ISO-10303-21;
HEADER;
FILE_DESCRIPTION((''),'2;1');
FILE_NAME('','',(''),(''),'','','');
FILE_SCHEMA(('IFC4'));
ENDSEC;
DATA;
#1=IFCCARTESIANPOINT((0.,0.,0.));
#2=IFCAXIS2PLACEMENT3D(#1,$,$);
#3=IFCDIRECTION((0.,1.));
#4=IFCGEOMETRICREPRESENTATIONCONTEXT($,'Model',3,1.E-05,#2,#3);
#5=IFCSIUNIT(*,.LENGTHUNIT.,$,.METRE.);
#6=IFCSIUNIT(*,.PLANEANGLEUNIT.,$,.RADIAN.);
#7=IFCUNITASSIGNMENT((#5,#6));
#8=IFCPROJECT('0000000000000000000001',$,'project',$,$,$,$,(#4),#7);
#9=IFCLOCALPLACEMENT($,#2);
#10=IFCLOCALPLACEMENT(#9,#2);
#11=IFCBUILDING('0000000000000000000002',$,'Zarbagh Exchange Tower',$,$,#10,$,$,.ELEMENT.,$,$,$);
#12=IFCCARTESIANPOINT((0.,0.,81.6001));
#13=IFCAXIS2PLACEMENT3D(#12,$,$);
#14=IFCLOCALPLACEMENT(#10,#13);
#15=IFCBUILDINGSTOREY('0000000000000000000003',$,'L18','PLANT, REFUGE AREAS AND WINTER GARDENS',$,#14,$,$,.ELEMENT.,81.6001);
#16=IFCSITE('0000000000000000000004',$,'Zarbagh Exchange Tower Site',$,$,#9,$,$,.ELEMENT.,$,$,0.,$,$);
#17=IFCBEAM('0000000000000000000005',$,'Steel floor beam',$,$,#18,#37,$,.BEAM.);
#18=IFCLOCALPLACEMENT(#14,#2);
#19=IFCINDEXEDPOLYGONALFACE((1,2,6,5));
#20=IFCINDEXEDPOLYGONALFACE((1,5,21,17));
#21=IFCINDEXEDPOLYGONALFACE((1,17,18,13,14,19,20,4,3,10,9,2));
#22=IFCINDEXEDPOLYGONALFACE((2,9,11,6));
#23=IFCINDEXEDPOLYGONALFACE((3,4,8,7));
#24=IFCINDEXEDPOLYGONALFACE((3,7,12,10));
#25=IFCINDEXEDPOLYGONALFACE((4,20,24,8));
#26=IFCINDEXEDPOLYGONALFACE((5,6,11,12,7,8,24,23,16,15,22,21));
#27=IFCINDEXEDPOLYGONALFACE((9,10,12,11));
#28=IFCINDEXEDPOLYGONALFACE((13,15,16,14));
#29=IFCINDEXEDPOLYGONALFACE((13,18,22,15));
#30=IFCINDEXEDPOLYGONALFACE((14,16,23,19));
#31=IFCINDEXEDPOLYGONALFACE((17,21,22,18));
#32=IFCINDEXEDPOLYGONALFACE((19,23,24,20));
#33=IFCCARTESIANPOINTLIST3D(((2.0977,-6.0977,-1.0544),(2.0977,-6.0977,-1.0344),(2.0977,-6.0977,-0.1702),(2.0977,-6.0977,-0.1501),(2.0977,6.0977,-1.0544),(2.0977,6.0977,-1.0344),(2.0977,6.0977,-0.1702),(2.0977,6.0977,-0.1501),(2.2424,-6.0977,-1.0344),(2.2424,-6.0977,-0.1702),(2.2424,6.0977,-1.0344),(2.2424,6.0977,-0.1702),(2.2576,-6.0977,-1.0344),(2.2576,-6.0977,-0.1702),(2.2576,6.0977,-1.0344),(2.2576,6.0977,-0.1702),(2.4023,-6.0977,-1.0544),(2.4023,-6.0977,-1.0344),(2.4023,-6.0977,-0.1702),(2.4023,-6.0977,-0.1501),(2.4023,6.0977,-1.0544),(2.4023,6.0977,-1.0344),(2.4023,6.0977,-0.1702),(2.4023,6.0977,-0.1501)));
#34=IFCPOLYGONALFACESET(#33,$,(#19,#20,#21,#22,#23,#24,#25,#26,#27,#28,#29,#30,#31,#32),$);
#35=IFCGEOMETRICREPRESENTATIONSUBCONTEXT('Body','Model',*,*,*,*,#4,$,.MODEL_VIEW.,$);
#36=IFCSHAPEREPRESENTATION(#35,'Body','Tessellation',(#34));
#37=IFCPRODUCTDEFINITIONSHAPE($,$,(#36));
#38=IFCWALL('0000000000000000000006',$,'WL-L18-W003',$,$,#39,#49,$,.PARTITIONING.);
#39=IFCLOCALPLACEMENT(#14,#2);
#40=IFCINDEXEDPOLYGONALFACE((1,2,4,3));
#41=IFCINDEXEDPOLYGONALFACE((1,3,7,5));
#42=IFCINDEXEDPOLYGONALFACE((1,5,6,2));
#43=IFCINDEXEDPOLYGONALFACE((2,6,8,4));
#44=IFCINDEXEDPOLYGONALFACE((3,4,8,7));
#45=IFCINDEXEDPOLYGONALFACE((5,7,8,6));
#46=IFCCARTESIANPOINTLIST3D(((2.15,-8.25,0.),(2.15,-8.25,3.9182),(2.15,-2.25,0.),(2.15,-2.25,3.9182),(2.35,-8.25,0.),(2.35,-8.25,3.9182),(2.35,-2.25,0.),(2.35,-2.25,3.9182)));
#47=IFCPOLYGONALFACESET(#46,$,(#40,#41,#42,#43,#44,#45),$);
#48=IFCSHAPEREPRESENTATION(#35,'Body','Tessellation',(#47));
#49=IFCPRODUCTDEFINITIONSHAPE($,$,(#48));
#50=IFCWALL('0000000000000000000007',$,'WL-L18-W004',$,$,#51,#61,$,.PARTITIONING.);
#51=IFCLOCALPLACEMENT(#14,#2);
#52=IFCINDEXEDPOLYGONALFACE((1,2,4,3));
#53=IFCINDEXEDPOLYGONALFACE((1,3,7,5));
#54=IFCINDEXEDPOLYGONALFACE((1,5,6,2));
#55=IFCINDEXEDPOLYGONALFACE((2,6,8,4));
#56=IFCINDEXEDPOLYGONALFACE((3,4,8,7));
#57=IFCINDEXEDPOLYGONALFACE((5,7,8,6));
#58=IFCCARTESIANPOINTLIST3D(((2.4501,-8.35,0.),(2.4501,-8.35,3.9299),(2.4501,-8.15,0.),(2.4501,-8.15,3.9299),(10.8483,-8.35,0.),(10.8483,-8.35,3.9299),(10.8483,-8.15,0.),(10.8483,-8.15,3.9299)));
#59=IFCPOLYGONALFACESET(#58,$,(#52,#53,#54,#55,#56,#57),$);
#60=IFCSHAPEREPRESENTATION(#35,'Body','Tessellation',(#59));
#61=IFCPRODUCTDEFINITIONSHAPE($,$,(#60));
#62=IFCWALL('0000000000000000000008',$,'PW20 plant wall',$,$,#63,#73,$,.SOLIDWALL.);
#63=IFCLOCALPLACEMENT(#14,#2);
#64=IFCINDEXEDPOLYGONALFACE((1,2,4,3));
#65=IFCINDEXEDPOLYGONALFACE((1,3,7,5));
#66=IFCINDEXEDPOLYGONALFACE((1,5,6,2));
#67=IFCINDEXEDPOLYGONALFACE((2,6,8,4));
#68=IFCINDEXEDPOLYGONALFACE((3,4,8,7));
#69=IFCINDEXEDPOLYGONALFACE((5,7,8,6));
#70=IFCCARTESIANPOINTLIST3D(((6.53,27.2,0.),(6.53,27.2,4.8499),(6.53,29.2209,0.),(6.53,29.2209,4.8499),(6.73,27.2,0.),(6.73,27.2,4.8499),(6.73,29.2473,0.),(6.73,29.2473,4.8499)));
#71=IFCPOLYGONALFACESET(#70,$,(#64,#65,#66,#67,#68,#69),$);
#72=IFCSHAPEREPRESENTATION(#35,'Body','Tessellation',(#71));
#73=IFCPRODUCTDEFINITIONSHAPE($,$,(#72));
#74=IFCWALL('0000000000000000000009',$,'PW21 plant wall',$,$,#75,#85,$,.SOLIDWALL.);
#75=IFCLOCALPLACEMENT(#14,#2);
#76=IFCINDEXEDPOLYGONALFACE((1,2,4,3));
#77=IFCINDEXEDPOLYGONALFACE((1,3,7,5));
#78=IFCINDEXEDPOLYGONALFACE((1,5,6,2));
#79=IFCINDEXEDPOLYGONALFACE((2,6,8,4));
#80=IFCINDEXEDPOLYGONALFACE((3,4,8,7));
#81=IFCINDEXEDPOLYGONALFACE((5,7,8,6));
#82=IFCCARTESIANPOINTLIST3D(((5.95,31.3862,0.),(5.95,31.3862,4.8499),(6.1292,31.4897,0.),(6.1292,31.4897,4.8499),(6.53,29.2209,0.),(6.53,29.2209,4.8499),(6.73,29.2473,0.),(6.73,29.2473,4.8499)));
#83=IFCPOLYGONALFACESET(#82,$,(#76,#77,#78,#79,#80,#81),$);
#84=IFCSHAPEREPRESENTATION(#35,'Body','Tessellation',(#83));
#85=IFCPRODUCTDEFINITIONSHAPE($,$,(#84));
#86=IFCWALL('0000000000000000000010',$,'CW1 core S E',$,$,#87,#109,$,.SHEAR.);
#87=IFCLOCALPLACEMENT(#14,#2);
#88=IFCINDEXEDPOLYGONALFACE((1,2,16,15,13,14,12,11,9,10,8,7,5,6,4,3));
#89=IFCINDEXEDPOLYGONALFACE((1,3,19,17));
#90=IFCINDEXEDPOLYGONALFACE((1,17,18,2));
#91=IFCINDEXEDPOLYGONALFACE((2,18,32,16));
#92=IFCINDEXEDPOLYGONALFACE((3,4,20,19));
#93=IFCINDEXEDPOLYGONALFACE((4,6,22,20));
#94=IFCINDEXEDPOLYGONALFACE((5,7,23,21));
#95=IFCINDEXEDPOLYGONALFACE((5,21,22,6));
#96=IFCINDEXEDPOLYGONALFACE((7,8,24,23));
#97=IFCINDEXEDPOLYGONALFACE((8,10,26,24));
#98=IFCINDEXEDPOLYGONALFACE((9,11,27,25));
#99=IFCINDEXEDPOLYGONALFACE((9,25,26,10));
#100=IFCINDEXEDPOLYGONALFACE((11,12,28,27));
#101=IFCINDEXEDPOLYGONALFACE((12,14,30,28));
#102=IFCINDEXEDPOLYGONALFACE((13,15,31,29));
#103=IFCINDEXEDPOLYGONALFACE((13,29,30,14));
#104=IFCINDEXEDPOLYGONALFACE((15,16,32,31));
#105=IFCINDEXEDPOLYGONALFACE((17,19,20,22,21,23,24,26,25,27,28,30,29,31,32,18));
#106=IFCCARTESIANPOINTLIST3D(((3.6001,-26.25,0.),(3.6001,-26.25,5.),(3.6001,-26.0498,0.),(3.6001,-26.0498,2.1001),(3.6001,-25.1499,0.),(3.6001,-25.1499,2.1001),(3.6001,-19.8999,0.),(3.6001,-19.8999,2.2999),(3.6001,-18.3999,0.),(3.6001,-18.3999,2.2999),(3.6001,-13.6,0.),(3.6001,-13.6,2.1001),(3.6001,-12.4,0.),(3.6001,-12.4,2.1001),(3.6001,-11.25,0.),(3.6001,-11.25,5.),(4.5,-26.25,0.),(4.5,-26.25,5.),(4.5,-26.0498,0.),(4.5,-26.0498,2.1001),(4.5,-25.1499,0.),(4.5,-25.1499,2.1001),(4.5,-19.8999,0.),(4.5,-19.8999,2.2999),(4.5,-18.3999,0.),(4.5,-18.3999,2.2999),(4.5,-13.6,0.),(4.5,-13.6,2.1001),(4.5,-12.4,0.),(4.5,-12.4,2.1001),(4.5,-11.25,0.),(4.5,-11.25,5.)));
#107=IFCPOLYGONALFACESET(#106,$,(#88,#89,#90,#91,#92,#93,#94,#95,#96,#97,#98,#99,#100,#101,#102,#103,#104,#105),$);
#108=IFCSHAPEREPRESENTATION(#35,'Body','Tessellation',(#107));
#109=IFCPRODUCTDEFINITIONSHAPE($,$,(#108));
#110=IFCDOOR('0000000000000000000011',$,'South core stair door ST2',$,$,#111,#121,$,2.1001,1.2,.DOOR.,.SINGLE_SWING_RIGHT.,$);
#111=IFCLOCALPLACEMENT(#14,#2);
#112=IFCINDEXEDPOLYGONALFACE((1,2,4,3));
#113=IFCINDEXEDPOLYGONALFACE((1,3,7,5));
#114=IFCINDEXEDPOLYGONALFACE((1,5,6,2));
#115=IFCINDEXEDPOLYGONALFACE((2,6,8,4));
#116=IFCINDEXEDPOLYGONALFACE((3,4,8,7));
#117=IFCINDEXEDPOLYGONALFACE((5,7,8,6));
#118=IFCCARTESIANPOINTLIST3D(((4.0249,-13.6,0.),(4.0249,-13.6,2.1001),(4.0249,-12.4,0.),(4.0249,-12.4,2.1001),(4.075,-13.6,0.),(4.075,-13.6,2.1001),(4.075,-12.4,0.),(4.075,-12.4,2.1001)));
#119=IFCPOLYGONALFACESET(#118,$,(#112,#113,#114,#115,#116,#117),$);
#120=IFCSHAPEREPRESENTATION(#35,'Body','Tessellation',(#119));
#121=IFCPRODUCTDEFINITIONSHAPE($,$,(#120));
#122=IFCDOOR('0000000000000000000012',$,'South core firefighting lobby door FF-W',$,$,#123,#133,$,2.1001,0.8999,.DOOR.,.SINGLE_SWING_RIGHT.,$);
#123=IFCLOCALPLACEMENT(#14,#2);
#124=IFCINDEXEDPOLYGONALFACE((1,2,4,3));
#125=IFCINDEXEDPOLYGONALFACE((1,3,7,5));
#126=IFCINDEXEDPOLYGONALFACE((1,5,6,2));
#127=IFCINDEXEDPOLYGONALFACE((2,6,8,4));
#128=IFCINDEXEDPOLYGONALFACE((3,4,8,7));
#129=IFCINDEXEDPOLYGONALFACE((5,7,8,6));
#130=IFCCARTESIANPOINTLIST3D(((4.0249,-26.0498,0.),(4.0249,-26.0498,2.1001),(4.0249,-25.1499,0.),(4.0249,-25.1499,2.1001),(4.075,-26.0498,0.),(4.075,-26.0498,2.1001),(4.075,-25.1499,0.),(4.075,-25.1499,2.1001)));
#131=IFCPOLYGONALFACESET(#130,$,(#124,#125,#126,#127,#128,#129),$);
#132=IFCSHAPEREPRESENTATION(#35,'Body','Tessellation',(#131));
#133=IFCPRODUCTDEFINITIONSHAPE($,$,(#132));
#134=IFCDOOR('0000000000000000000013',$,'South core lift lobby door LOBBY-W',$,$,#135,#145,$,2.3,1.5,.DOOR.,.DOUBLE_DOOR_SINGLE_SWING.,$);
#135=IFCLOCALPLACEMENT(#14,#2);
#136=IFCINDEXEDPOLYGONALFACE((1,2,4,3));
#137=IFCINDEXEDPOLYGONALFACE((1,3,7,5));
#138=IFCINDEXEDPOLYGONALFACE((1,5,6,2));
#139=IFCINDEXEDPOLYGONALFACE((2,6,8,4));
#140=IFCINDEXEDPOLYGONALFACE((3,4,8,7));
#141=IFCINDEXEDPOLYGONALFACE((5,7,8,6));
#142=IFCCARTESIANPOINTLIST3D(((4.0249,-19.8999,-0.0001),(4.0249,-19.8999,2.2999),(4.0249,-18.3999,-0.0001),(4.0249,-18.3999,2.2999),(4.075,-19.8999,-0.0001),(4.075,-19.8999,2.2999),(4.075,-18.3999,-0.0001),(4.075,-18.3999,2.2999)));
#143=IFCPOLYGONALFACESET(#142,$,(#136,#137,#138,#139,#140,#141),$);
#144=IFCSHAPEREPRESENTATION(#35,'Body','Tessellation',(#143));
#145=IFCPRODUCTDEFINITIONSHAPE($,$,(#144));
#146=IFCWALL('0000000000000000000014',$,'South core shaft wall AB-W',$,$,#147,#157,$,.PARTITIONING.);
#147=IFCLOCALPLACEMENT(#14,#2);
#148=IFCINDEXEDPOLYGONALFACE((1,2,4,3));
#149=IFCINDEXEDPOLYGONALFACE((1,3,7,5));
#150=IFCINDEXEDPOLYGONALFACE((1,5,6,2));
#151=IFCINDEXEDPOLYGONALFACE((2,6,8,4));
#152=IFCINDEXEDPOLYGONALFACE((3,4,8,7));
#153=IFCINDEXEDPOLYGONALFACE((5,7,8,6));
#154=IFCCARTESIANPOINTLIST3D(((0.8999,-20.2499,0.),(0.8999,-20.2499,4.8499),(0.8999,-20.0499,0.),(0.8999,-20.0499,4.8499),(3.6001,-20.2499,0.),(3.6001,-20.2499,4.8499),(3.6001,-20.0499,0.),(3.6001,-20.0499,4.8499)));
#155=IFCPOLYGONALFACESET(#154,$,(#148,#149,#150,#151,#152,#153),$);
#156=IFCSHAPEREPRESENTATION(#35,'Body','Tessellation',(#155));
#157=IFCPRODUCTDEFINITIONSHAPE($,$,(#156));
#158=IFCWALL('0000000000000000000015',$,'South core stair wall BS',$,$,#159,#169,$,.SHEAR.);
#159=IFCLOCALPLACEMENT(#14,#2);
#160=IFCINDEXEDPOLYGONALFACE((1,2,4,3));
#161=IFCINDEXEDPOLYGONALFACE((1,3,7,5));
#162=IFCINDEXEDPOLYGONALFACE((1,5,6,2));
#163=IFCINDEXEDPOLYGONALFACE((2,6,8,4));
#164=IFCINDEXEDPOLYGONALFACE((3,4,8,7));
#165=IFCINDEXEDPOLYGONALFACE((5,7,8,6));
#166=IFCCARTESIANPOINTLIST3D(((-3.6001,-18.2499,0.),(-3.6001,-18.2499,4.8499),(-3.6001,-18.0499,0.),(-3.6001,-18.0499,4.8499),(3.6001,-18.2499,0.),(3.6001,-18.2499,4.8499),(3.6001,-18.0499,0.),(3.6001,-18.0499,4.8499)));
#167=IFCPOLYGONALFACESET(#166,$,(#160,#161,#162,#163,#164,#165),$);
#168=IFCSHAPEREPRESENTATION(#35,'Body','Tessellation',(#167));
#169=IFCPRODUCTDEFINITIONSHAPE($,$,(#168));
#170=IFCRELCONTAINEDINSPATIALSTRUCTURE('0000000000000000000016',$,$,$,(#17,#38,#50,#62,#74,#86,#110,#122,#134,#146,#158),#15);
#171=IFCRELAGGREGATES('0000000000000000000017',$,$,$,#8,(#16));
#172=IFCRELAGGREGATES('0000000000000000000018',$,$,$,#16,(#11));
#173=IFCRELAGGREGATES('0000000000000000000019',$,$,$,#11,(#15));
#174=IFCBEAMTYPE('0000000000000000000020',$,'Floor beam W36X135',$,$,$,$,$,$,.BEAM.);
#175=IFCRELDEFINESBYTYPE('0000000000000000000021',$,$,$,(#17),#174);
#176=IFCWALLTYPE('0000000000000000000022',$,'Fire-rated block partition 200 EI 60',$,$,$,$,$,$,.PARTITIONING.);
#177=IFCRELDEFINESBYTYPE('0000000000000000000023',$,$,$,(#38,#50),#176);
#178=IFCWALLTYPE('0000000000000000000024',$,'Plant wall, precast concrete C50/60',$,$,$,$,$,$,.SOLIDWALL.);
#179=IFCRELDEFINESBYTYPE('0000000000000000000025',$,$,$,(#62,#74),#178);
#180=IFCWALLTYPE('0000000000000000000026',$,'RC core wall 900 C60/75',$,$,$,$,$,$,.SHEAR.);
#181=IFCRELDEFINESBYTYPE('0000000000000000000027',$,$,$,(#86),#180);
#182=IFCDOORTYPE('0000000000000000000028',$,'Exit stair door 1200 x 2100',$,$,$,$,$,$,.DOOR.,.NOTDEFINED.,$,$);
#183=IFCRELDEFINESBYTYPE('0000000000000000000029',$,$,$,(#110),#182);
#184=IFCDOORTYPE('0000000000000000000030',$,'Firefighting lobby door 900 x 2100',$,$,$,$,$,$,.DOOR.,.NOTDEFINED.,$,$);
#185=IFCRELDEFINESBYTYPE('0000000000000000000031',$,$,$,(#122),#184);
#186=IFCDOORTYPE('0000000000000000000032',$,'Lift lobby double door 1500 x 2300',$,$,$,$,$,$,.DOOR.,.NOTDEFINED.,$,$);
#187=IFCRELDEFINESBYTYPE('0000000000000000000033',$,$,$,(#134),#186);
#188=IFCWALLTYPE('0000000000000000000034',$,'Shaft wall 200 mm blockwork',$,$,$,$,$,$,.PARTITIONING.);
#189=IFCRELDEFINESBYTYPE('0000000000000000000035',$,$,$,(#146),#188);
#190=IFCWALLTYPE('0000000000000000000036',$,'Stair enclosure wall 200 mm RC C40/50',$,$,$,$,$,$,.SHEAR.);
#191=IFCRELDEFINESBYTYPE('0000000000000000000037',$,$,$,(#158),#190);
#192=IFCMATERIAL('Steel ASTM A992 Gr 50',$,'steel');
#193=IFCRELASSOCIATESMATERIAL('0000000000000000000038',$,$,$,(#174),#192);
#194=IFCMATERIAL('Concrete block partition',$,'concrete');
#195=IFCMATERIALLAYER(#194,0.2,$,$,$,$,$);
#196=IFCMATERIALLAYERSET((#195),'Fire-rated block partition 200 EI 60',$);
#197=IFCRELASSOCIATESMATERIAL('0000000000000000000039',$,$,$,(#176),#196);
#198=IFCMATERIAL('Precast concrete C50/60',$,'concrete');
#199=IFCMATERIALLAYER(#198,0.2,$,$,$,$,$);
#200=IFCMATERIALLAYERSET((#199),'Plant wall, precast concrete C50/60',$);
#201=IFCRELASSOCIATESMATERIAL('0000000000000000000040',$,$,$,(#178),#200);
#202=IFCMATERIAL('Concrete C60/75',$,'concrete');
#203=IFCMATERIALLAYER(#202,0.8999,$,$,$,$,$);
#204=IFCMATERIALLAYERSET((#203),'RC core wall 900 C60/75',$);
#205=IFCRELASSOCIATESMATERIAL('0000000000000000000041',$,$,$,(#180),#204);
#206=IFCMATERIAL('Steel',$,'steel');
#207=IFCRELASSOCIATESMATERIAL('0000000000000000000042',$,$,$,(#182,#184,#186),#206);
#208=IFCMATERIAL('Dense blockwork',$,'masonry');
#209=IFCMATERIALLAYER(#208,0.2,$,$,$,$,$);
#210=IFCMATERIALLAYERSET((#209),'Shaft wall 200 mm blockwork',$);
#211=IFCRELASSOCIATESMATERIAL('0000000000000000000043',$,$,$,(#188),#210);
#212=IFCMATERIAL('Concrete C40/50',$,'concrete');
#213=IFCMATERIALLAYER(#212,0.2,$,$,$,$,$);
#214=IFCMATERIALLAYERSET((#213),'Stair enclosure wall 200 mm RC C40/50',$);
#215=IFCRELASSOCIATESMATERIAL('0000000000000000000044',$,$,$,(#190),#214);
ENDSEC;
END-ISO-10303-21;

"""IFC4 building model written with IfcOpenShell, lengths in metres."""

from ifc_helpers import new_model, si_unit, direction, frame, frame_2d, origin, origin_2d, place, context, subcontext, project, spatial, polyline, rectangle, i_section, outline, extrude, material, layer, layer_set, material_profile, profile_set, type_object, element, fill, save


model = new_model("IFC4")

# Units and contexts
model_context = context("Model", 3, precision=1e-05, world=origin(), true_north=direction((0.0, 1.0)))
body_context = subcontext(model_context, "Body", "Model", "MODEL_VIEW")
ifc_project = project(units=[si_unit("LENGTHUNIT", "METRE"), si_unit("PLANEANGLEUNIT", "RADIAN")], contexts=[model_context])

# Site, building, storey
site_placement = place(None, origin())
site = spatial("IfcSite", under=ifc_project, at=site_placement, Name="Zarbagh Exchange Tower Site", CompositionType="ELEMENT", RefElevation=0.0)
building_placement = place(site_placement, origin())
building = spatial("IfcBuilding", under=site, at=building_placement, Name="Zarbagh Exchange Tower", CompositionType="ELEMENT")
storey_placement = place(building_placement, frame((0.0, 0.0, 81.6001)))
storey = spatial("IfcBuildingStorey", under=building, at=storey_placement, Name="L18", Description="PLANT, REFUGE AREAS AND WINTER GARDENS", CompositionType="ELEMENT", Elevation=81.6001)

# Beam
ifc_material_1 = material(Name="Steel ASTM A992 Gr 50", Category="steel")
ifc_material_profile = material_profile(ifc_material_1, i_section(OverallWidth=0.3047, OverallDepth=0.9043, WebThickness=0.0151, FlangeThickness=0.02, at=origin_2d()), Name="W36X135")
ifc_profile_set = profile_set([ifc_material_profile], Name="Steel ASTM A992 Gr 50")
beam_type = type_object("IfcBeamType", Name="Floor beam W36X135", PredefinedType="BEAM", material=ifc_profile_set)
beam_placement = place(storey_placement, frame((2.25, -6.0977, -0.6023), z_axis=(0.0, 1.0, 0.0), x_axis=(-1.0, 0.0, 0.0)))
element("IfcBeam", 1, at=beam_placement, inside=storey, type_object=beam_type, Name="Steel floor beam", PredefinedType="BEAM", context=body_context, shape_type="SweptSolid", body=[
    extrude(i_section(OverallWidth=0.3047, OverallDepth=0.9043, WebThickness=0.0151, FlangeThickness=0.02, at=origin_2d()), origin(), (0.0, 0.0, 1.0), 12.1953),
])

# Walls
ifc_material_2 = material(Name="Concrete block partition", Category="concrete")
ifc_layer_1 = layer(ifc_material_2, 0.2)
ifc_layer_set_1 = layer_set([ifc_layer_1], Name="Fire-rated block partition 200 EI 60")
wall_type_1 = type_object("IfcWallType", Name="Fire-rated block partition 200 EI 60", PredefinedType="PARTITIONING", material=ifc_layer_set_1)
wall_1_placement = place(storey_placement, frame((2.25, -2.25, 0.0), z_axis=(0.0, 0.0, 1.0), x_axis=(0.0, -1.0, 0.0)))
element("IfcWall", 2, at=wall_1_placement, inside=storey, type_object=wall_type_1, Name="WL-L18-W003", PredefinedType="PARTITIONING", context=body_context, shape_type="SweptSolid", body=[
    extrude(rectangle(XDim=6.0, YDim=0.2, at=frame_2d((3.0, 0.0))), origin(), (0.0, 0.0, 1.0), 3.9182),
])
wall_2_placement = place(storey_placement, frame((2.45, -8.25, 0.0), z_axis=(0.0, 0.0, 1.0), x_axis=(1.0, 0.0, 0.0)))
element("IfcWall", 3, at=wall_2_placement, inside=storey, type_object=wall_type_1, Name="WL-L18-W004", PredefinedType="PARTITIONING", context=body_context, shape_type="SweptSolid", body=[
    extrude(rectangle(XDim=8.3982, YDim=0.2, at=frame_2d((4.1992, 0.0))), origin(), (0.0, 0.0, 1.0), 3.9299),
])
ifc_material_3 = material(Name="Precast concrete C50/60", Category="concrete")
ifc_layer_2 = layer(ifc_material_3, 0.2)
ifc_layer_set_2 = layer_set([ifc_layer_2], Name="Plant wall, precast concrete C50/60")
wall_type_2 = type_object("IfcWallType", Name="Plant wall, precast concrete C50/60", PredefinedType="SOLIDWALL", material=ifc_layer_set_2)
wall_3_placement = place(storey_placement, origin())
element("IfcWall", 4, at=wall_3_placement, inside=storey, type_object=wall_type_2, Name="PW20 plant wall", PredefinedType="SOLIDWALL", context=body_context, shape_type="SweptSolid", body=[
    extrude(outline(polyline([(6.73, 27.2), (6.73, 29.2473), (6.53, 29.2209), (6.53, 27.2), (6.73, 27.2)])), origin(), (0.0, 0.0, 1.0), 4.8499),
])
wall_4_placement = place(storey_placement, origin())
element("IfcWall", 5, at=wall_4_placement, inside=storey, type_object=wall_type_2, Name="PW21 plant wall", PredefinedType="SOLIDWALL", context=body_context, shape_type="SweptSolid", body=[
    extrude(outline(polyline([(6.73, 29.2473), (6.1292, 31.4897), (5.95, 31.3862), (6.53, 29.2209), (6.73, 29.2473)])), origin(), (0.0, 0.0, 1.0), 4.8499),
])

# Wall, openings, doors
ifc_material_4 = material(Name="Concrete C60/75", Category="concrete")
ifc_layer_3 = layer(ifc_material_4, 0.8999)
ifc_layer_set_3 = layer_set([ifc_layer_3], Name="RC core wall 900 C60/75")
wall_type_3 = type_object("IfcWallType", Name="RC core wall 900 C60/75", PredefinedType="SHEAR", material=ifc_layer_set_3)
wall_5_placement = place(storey_placement, frame((4.05, -11.25, 0.0), z_axis=(0.0, 0.0, 1.0), x_axis=(0.0, -1.0, 0.0)))
wall_5 = element("IfcWall", 6, at=wall_5_placement, inside=storey, type_object=wall_type_3, Name="CW1 core S E", PredefinedType="SHEAR", context=body_context, shape_type="SweptSolid", body=[
    extrude(rectangle(XDim=15.0, YDim=0.8999, at=frame_2d((7.5, 0.0))), origin(), (0.0, 0.0, 1.0), 5.0),
])
opening_1_placement = place(wall_5_placement, frame((7.1499, 0.0, 0.0)))
opening_1 = element("IfcOpeningElement", 7, at=opening_1_placement, cuts=wall_5, PredefinedType="OPENING", context=body_context, shape_type="SweptSolid", body=[
    extrude(rectangle(XDim=1.5, YDim=2.3, at=frame_2d((0.75, 1.1499))), frame((0.0, 0.46, 0.0), z_axis=(0.0, -1.0, 0.0), x_axis=(1.0, 0.0, 0.0)), (0.0, 0.0, 1.0), 0.9199),
])
opening_2_placement = place(wall_5_placement, frame((13.8999, 0.0, 0.0)))
opening_2 = element("IfcOpeningElement", 8, at=opening_2_placement, cuts=wall_5, PredefinedType="OPENING", context=body_context, shape_type="SweptSolid", body=[
    extrude(rectangle(XDim=0.8999, YDim=2.1001, at=frame_2d((0.45, 1.05))), frame((0.0, 0.46, 0.0), z_axis=(0.0, -1.0, 0.0), x_axis=(1.0, 0.0, 0.0)), (0.0, 0.0, 1.0), 0.9199),
])
opening_3_placement = place(wall_5_placement, frame((1.1499, 0.0, 0.0)))
opening_3 = element("IfcOpeningElement", 9, at=opening_3_placement, cuts=wall_5, PredefinedType="OPENING", context=body_context, shape_type="SweptSolid", body=[
    extrude(rectangle(XDim=1.2, YDim=2.1001, at=frame_2d((0.6001, 1.05))), frame((0.0, 0.46, 0.0), z_axis=(0.0, -1.0, 0.0), x_axis=(1.0, 0.0, 0.0)), (0.0, 0.0, 1.0), 0.9199),
])
ifc_material_5 = material(Name="Steel", Category="steel")
door_type_1 = type_object("IfcDoorType", Name="Exit stair door 1200 x 2100", OperationType="NOTDEFINED", PredefinedType="DOOR", material=ifc_material_5)
door_1_placement = place(opening_3_placement, origin())
door_1 = element("IfcDoor", 10, at=door_1_placement, inside=storey, type_object=door_type_1, Name="South core stair door ST2", OperationType="SINGLE_SWING_RIGHT", OverallHeight=2.1001, OverallWidth=1.2, PredefinedType="DOOR", context=body_context, shape_type="SweptSolid", body=[
    extrude(rectangle(XDim=1.2, YDim=2.1001, at=frame_2d((0.6001, 1.05))), frame((0.0, 0.0249, 0.0), z_axis=(0.0, -1.0, 0.0), x_axis=(1.0, 0.0, 0.0)), (0.0, 0.0, 1.0), 0.05),
])
fill(opening_3, door_1)
door_type_2 = type_object("IfcDoorType", Name="Firefighting lobby door 900 x 2100", OperationType="NOTDEFINED", PredefinedType="DOOR", material=ifc_material_5)
door_2_placement = place(opening_2_placement, origin())
door_2 = element("IfcDoor", 11, at=door_2_placement, inside=storey, type_object=door_type_2, Name="South core firefighting lobby door FF-W", OperationType="SINGLE_SWING_RIGHT", OverallHeight=2.1001, OverallWidth=0.8999, PredefinedType="DOOR", context=body_context, shape_type="SweptSolid", body=[
    extrude(rectangle(XDim=0.8999, YDim=2.1001, at=frame_2d((0.45, 1.05))), frame((0.0, 0.0249, 0.0), z_axis=(0.0, -1.0, 0.0), x_axis=(1.0, 0.0, 0.0)), (0.0, 0.0, 1.0), 0.05),
])
fill(opening_2, door_2)
door_type_3 = type_object("IfcDoorType", Name="Lift lobby double door 1500 x 2300", OperationType="NOTDEFINED", PredefinedType="DOOR", material=ifc_material_5)
door_3_placement = place(opening_1_placement, origin())
door_3 = element("IfcDoor", 12, at=door_3_placement, inside=storey, type_object=door_type_3, Name="South core lift lobby door LOBBY-W", OperationType="DOUBLE_DOOR_SINGLE_SWING", OverallHeight=2.3, OverallWidth=1.5, PredefinedType="DOOR", context=body_context, shape_type="SweptSolid", body=[
    extrude(rectangle(XDim=1.5, YDim=2.3, at=frame_2d((0.75, 1.1499))), frame((0.0, 0.0249, 0.0), z_axis=(0.0, -1.0, 0.0), x_axis=(1.0, 0.0, 0.0)), (0.0, 0.0, 1.0), 0.05),
])
fill(opening_1, door_3)

# Walls
ifc_material_6 = material(Name="Dense blockwork", Category="masonry")
ifc_layer_4 = layer(ifc_material_6, 0.2)
ifc_layer_set_4 = layer_set([ifc_layer_4], Name="Shaft wall 200 mm blockwork")
wall_type_4 = type_object("IfcWallType", Name="Shaft wall 200 mm blockwork", PredefinedType="PARTITIONING", material=ifc_layer_set_4)
wall_6_placement = place(storey_placement, frame((3.6001, -20.1499, 0.0), z_axis=(0.0, 0.0, 1.0), x_axis=(-1.0, 0.0, 0.0)))
element("IfcWall", 13, at=wall_6_placement, inside=storey, type_object=wall_type_4, Name="South core shaft wall AB-W", PredefinedType="PARTITIONING", context=body_context, shape_type="SweptSolid", body=[
    extrude(rectangle(XDim=2.7002, YDim=0.2, at=frame_2d((1.3501, 0.0))), origin(), (0.0, 0.0, 1.0), 4.8499),
])
ifc_material_7 = material(Name="Concrete C40/50", Category="concrete")
ifc_layer_5 = layer(ifc_material_7, 0.2)
ifc_layer_set_5 = layer_set([ifc_layer_5], Name="Stair enclosure wall 200 mm RC C40/50")
wall_type_5 = type_object("IfcWallType", Name="Stair enclosure wall 200 mm RC C40/50", PredefinedType="SHEAR", material=ifc_layer_set_5)
for number, where, z_axis, x_axis, name in (
    (14, (3.6001, -18.1499, 0.0), (0.0, 0.0, 1.0), (-1.0, 0.0, 0.0), "South core stair wall BS"),
):
    element("IfcWall", number, at=place(storey_placement, frame(where, z_axis=z_axis, x_axis=x_axis)), inside=storey, type_object=wall_type_5, Name=name, PredefinedType="SHEAR", context=body_context, shape_type="SweptSolid", body=[
        extrude(rectangle(XDim=7.2002, YDim=0.2, at=frame_2d((3.6001, 0.0))), origin(), (0.0, 0.0, 1.0), 4.8499),
    ])

save(model, "model.ifc")
